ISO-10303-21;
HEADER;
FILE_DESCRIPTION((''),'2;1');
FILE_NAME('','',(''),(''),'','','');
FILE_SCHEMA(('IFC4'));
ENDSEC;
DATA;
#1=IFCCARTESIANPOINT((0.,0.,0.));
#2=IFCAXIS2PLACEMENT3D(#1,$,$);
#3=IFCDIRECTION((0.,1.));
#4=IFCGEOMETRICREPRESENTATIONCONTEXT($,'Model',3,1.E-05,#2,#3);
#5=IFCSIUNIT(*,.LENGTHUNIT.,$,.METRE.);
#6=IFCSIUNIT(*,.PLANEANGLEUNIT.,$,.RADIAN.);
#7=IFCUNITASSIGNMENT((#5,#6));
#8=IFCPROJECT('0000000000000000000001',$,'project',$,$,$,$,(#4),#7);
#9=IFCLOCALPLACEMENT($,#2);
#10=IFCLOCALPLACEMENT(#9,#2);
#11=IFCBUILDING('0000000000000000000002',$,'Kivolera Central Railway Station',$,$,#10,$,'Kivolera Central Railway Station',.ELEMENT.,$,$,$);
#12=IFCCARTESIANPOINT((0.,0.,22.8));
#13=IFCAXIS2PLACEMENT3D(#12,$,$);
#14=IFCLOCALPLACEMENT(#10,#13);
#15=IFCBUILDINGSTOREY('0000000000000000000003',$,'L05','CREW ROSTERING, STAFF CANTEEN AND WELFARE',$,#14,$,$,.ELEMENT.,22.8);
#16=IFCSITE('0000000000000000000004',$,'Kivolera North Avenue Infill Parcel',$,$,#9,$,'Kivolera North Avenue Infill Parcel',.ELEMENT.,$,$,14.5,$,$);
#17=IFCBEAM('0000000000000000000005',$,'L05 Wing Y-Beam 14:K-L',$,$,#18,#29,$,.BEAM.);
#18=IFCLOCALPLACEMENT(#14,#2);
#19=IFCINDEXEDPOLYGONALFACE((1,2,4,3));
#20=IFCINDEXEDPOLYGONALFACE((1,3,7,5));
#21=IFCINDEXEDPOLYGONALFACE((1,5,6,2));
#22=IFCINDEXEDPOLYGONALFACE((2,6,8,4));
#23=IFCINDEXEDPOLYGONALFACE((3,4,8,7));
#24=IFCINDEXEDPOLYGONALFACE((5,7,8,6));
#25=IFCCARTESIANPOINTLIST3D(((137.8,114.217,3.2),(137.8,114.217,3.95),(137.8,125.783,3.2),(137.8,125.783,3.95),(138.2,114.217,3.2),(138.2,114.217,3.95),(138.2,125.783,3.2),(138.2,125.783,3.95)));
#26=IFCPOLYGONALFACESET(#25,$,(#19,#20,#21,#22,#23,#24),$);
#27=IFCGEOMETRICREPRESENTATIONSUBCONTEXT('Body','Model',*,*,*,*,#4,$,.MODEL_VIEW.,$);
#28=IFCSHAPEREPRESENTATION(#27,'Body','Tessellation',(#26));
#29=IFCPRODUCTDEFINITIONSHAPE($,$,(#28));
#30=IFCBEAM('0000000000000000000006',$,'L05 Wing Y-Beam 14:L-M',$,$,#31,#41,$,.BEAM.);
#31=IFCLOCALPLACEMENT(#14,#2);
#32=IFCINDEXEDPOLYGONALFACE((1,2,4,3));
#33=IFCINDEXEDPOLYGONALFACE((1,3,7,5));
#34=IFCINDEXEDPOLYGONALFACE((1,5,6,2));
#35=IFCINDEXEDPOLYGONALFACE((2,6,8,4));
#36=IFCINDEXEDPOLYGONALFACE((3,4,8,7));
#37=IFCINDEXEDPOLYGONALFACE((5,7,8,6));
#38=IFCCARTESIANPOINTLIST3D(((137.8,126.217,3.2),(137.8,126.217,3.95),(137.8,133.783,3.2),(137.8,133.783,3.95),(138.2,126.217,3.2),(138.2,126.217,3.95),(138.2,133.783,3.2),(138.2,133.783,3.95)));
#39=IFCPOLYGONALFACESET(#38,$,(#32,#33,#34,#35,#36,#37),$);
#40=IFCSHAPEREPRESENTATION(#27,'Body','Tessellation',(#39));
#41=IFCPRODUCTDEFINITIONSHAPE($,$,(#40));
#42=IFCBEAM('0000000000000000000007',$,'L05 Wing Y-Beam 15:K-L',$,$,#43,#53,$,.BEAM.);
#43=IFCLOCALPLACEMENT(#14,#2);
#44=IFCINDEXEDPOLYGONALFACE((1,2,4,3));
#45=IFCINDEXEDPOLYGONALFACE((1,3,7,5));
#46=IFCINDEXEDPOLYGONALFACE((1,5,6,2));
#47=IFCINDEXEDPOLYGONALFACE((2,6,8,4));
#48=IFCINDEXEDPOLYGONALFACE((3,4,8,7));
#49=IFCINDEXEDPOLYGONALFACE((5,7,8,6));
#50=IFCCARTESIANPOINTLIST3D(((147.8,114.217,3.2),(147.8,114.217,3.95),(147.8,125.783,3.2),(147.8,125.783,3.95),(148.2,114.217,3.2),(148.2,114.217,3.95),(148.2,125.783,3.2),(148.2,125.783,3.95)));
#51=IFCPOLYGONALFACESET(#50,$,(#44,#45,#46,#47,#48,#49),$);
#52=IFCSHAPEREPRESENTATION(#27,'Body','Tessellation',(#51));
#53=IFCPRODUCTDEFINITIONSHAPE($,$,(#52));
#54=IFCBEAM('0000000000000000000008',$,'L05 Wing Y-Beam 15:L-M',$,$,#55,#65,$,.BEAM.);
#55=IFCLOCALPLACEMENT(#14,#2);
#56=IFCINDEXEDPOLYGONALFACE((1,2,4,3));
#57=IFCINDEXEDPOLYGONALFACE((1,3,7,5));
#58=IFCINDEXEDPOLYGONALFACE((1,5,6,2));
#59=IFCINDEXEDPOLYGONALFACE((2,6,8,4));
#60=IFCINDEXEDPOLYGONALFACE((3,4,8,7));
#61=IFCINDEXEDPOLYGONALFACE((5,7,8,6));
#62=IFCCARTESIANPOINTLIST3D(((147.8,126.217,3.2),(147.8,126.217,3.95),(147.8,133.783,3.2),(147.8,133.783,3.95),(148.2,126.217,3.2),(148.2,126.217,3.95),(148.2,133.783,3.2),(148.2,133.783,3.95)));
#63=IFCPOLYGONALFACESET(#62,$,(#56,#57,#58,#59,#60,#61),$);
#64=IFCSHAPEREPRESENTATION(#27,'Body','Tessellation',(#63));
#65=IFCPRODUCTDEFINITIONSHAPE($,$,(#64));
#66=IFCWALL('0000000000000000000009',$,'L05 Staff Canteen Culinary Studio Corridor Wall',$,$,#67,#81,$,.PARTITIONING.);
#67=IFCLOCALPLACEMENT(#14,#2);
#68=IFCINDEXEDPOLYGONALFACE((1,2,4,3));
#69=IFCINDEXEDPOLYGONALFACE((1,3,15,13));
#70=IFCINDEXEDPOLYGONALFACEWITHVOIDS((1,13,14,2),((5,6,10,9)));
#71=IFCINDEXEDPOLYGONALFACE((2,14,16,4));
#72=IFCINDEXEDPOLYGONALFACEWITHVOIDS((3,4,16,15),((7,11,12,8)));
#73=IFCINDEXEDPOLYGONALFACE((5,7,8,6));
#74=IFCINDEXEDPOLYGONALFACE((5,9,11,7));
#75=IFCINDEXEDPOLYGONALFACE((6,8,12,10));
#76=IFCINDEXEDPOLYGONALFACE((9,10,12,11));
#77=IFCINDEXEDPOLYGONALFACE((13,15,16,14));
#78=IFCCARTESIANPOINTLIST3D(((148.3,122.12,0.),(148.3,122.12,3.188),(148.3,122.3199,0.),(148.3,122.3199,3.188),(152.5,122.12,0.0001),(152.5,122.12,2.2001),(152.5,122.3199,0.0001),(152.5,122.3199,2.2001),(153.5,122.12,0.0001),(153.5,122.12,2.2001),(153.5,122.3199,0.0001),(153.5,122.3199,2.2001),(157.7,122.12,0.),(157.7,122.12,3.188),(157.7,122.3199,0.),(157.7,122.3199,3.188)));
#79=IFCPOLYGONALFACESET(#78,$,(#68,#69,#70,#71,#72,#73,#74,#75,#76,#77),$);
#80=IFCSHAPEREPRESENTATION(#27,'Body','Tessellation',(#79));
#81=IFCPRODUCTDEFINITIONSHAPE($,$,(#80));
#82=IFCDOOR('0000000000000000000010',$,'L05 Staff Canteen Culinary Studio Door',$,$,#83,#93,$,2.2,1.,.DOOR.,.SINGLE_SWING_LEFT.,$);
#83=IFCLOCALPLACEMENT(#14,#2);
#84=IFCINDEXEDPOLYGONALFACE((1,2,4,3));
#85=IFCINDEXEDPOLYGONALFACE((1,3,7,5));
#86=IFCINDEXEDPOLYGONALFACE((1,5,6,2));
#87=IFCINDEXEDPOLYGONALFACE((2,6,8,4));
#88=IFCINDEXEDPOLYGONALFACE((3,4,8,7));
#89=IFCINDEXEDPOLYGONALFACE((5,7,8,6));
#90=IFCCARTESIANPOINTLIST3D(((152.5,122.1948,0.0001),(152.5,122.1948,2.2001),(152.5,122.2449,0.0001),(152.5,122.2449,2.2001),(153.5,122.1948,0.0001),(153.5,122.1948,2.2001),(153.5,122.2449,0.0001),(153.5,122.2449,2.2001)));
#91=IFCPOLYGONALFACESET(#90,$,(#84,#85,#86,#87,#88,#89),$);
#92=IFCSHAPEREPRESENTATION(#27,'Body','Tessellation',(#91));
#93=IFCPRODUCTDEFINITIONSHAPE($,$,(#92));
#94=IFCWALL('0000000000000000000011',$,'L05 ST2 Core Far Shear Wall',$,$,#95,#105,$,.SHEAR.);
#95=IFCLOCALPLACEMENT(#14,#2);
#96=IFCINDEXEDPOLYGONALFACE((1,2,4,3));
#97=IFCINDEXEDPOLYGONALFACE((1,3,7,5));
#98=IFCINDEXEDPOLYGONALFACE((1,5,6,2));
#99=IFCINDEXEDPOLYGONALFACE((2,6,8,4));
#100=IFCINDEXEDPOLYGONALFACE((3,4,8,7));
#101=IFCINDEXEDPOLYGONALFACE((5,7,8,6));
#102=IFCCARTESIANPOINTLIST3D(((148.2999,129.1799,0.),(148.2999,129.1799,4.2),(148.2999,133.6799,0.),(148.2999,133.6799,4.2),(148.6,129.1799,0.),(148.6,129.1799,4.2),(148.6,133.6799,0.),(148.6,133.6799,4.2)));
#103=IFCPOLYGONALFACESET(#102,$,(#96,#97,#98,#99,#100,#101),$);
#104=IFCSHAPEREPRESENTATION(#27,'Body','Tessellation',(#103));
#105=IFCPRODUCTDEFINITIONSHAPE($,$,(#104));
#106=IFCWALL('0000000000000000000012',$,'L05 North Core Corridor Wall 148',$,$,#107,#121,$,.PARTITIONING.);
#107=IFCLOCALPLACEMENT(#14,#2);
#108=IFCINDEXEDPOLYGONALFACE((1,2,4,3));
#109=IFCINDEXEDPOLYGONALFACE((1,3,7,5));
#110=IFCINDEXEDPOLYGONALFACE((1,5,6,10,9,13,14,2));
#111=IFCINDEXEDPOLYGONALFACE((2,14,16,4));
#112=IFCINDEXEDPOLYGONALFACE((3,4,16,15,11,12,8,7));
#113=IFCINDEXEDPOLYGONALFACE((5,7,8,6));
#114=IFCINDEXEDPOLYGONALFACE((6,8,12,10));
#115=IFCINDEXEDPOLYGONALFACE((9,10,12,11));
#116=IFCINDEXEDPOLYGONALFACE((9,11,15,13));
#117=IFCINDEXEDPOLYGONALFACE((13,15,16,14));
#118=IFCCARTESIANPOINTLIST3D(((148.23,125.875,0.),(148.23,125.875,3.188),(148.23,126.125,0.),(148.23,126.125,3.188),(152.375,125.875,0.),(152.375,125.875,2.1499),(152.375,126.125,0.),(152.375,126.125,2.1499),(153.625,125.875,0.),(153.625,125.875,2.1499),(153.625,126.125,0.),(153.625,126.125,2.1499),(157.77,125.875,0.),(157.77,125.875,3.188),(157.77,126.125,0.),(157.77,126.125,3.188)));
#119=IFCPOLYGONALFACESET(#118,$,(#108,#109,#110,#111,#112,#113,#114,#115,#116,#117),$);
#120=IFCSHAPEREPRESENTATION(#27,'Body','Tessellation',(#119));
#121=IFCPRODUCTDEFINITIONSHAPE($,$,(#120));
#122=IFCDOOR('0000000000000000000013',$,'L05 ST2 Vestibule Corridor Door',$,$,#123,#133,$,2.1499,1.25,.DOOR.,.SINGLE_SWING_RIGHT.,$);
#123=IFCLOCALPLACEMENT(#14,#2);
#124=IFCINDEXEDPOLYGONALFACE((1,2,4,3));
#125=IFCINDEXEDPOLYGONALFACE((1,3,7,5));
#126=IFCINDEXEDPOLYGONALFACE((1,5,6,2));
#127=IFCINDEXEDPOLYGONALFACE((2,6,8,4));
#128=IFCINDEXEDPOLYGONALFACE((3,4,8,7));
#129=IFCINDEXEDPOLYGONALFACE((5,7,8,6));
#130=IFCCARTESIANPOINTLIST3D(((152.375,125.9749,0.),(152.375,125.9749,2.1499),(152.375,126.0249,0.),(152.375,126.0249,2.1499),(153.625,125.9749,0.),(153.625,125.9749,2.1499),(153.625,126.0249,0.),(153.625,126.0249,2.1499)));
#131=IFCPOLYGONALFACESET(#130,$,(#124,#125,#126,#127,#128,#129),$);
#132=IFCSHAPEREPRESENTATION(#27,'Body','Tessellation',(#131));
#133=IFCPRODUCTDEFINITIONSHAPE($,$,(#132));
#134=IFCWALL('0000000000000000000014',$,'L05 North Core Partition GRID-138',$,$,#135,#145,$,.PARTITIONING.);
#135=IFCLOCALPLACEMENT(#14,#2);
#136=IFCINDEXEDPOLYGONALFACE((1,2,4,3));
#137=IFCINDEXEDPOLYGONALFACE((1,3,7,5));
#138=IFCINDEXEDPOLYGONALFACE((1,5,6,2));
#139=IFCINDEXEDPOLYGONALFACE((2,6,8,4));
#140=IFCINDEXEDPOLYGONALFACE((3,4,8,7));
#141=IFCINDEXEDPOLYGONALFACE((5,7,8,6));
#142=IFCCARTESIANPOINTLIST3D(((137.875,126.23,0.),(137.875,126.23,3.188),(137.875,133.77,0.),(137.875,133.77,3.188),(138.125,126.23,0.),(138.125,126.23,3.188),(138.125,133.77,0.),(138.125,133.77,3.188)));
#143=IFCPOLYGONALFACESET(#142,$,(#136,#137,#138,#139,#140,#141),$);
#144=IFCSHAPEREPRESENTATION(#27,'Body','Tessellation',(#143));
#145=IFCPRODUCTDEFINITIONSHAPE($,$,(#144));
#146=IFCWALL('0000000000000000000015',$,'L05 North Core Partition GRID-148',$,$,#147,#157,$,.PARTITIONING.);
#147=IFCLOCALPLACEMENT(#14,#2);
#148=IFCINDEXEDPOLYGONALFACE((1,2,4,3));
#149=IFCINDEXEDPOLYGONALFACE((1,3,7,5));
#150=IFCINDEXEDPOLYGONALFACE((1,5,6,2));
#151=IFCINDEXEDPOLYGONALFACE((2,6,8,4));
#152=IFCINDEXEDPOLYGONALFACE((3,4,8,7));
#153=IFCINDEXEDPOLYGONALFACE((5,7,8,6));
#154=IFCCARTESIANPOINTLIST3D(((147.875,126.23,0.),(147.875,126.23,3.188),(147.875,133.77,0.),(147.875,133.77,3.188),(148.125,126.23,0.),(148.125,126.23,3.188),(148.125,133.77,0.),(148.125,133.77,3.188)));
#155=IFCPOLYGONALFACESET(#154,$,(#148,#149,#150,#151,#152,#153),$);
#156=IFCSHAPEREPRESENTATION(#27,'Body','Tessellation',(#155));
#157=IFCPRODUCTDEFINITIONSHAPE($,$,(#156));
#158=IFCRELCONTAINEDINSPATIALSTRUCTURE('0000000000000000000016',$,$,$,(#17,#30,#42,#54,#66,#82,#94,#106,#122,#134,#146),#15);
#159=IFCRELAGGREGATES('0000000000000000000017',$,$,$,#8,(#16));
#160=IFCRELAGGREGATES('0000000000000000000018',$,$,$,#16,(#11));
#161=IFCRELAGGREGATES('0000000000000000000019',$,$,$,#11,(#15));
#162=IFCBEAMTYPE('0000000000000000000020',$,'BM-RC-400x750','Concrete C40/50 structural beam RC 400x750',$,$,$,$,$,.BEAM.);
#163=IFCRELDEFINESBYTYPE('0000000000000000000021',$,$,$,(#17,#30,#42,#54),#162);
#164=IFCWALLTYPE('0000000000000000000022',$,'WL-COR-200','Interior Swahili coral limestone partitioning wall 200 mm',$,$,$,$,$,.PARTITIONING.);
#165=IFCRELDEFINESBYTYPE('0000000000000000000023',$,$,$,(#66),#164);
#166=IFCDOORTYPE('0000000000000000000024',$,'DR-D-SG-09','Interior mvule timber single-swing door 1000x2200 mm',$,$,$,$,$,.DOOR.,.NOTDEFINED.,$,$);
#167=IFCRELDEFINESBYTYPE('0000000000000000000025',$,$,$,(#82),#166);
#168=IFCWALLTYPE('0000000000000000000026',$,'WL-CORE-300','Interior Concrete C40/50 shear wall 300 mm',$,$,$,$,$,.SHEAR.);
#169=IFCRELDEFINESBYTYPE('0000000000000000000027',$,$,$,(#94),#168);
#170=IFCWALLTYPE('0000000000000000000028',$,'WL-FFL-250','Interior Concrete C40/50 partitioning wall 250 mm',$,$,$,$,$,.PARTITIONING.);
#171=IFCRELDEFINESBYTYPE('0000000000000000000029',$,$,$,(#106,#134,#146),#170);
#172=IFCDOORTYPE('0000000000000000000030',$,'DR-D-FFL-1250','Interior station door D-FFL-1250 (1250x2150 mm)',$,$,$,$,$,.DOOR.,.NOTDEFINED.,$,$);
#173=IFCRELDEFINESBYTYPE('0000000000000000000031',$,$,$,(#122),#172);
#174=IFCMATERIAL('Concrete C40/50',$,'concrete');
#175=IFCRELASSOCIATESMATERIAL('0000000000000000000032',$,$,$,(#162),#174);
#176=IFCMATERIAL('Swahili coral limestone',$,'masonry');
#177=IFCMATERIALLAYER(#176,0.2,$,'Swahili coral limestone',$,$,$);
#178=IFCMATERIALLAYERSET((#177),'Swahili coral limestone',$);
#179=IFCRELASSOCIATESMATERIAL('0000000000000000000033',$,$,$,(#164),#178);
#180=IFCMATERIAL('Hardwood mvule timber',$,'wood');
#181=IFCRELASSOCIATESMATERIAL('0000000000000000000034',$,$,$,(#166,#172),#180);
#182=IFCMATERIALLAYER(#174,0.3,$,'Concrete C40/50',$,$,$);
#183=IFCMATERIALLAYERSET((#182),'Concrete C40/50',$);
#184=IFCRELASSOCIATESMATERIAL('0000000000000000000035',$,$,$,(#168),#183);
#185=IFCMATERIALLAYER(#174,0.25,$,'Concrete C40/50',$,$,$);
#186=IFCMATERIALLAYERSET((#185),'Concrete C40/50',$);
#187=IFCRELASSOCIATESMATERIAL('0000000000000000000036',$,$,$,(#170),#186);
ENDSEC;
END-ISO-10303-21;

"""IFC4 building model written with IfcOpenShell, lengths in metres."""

from ifc_helpers import new_model, si_unit, direction, frame, frame_2d, origin, origin_2d, place, context, subcontext, project, spatial, rectangle, extrude, material, layer, layer_set, material_profile, profile_set, type_object, element, fill, save


model = new_model("IFC4")

# Units and contexts
model_context = context("Model", 3, precision=1e-05, world=origin(), true_north=direction((0.0, 1.0)))
body_context = subcontext(model_context, "Body", "Model", "MODEL_VIEW")
ifc_project = project(units=[si_unit("LENGTHUNIT", "METRE"), si_unit("PLANEANGLEUNIT", "RADIAN")], contexts=[model_context])

# Site, building, storey
site_placement = place(None, origin())
site = spatial("IfcSite", under=ifc_project, at=site_placement, Name="Kivolera North Avenue Infill Parcel", LongName="Kivolera North Avenue Infill Parcel", CompositionType="ELEMENT", RefElevation=14.5)
building_placement = place(site_placement, origin())
building = spatial("IfcBuilding", under=site, at=building_placement, Name="Kivolera Central Railway Station", LongName="Kivolera Central Railway Station", CompositionType="ELEMENT")
storey_placement = place(building_placement, frame((0.0, 0.0, 22.8)))
storey = spatial("IfcBuildingStorey", under=building, at=storey_placement, Name="L05", Description="CREW ROSTERING, STAFF CANTEEN AND WELFARE", CompositionType="ELEMENT", Elevation=22.8)

# Shared definitions
ifc_material_1 = material(Name="Concrete C40/50", Category="concrete")

# Beams
ifc_material_profile_1 = material_profile(ifc_material_1, rectangle(XDim=0.3999, YDim=0.75, at=origin_2d()), Name="RC 400x750")
ifc_profile_set_1 = profile_set([ifc_material_profile_1], Name="Concrete C40/50")
beam_type_1 = type_object("IfcBeamType", Name="BM-RC-400x750", Description="Concrete C40/50 structural beam RC 400x750", PredefinedType="BEAM", material=ifc_profile_set_1)
beam_1_placement = place(storey_placement, frame((138.0, 114.217, 3.575), z_axis=(0.0, 1.0, 0.0), x_axis=(-1.0, 0.0, 0.0)))
element("IfcBeam", 1, at=beam_1_placement, inside=storey, type_object=beam_type_1, Name="L05 Wing Y-Beam 14:K-L", PredefinedType="BEAM", context=body_context, shape_type="SweptSolid", body=[
    extrude(rectangle(XDim=0.3999, YDim=0.75, at=origin_2d()), origin(), (0.0, 0.0, 1.0), 11.5659),
])
beam_2_placement = place(storey_placement, frame((138.0, 126.217, 3.575), z_axis=(0.0, 1.0, 0.0), x_axis=(-1.0, 0.0, 0.0)))
element("IfcBeam", 2, at=beam_2_placement, inside=storey, type_object=beam_type_1, Name="L05 Wing Y-Beam 14:L-M", PredefinedType="BEAM", context=body_context, shape_type="SweptSolid", body=[
    extrude(rectangle(XDim=0.3999, YDim=0.75, at=origin_2d()), origin(), (0.0, 0.0, 1.0), 7.5659),
])
beam_3_placement = place(storey_placement, frame((148.0, 114.217, 3.575), z_axis=(0.0, 1.0, 0.0), x_axis=(-1.0, 0.0, 0.0)))
element("IfcBeam", 3, at=beam_3_placement, inside=storey, type_object=beam_type_1, Name="L05 Wing Y-Beam 15:K-L", PredefinedType="BEAM", context=body_context, shape_type="SweptSolid", body=[
    extrude(rectangle(XDim=0.3999, YDim=0.75, at=origin_2d()), origin(), (0.0, 0.0, 1.0), 11.5659),
])
beam_4_placement = place(storey_placement, frame((148.0, 126.217, 3.575), z_axis=(0.0, 1.0, 0.0), x_axis=(-1.0, 0.0, 0.0)))
element("IfcBeam", 4, at=beam_4_placement, inside=storey, type_object=beam_type_1, Name="L05 Wing Y-Beam 15:L-M", PredefinedType="BEAM", context=body_context, shape_type="SweptSolid", body=[
    extrude(rectangle(XDim=0.3999, YDim=0.75, at=origin_2d()), origin(), (0.0, 0.0, 1.0), 7.5659),
])

# Wall, opening, door
ifc_material_2 = material(Name="Swahili coral limestone", Category="masonry")
ifc_layer_1 = layer(ifc_material_2, 0.2, Name="Swahili coral limestone")
ifc_layer_set_1 = layer_set([ifc_layer_1], Name="Swahili coral limestone")
wall_type_1 = type_object("IfcWallType", Name="WL-COR-200", Description="Interior Swahili coral limestone partitioning wall 200 mm", PredefinedType="PARTITIONING", material=ifc_layer_set_1)
wall_1_placement = place(storey_placement, frame((148.3, 122.22, 0.0), z_axis=(0.0, 0.0, 1.0), x_axis=(1.0, 0.0, 0.0)))
wall_1 = element("IfcWall", 5, at=wall_1_placement, inside=storey, type_object=wall_type_1, Name="L05 Staff Canteen Culinary Studio Corridor Wall", PredefinedType="PARTITIONING", context=body_context, shape_type="SweptSolid", body=[
    extrude(rectangle(XDim=9.3999, YDim=0.2, at=frame_2d((4.7, 0.0))), origin(), (0.0, 0.0, 1.0), 3.188),
])
opening_1_placement = place(wall_1_placement, frame((4.2, 0.0, 0.0)))
opening_1 = element("IfcOpeningElement", 6, at=opening_1_placement, cuts=wall_1, PredefinedType="OPENING", context=body_context, shape_type="SweptSolid", body=[
    extrude(rectangle(XDim=1.0, YDim=2.2, at=frame_2d((0.5, 1.1001))), frame((0.0, 0.1099, 0.0), z_axis=(0.0, -1.0, 0.0), x_axis=(1.0, 0.0, 0.0)), (0.0, 0.0, 1.0), 0.22),
])
ifc_material_3 = material(Name="Hardwood mvule timber", Category="wood")
door_type_1 = type_object("IfcDoorType", Name="DR-D-SG-09", Description="Interior mvule timber single-swing door 1000x2200 mm", OperationType="NOTDEFINED", PredefinedType="DOOR", material=ifc_material_3)
door_1_placement = place(opening_1_placement, origin())
door_1 = element("IfcDoor", 7, at=door_1_placement, inside=storey, type_object=door_type_1, Name="L05 Staff Canteen Culinary Studio Door", OperationType="SINGLE_SWING_LEFT", OverallHeight=2.2, OverallWidth=1.0, PredefinedType="DOOR", context=body_context, shape_type="SweptSolid", body=[
    extrude(rectangle(XDim=1.0, YDim=2.2, at=frame_2d((0.5, 1.1001))), frame((0.0, 0.0249, 0.0), z_axis=(0.0, -1.0, 0.0), x_axis=(1.0, 0.0, 0.0)), (0.0, 0.0, 1.0), 0.05),
])
fill(opening_1, door_1)

# Wall
ifc_layer_2 = layer(ifc_material_1, 0.3, Name="Concrete C40/50")
ifc_layer_set_2 = layer_set([ifc_layer_2], Name="Concrete C40/50")
wall_type_2 = type_object("IfcWallType", Name="WL-CORE-300", Description="Interior Concrete C40/50 shear wall 300 mm", PredefinedType="SHEAR", material=ifc_layer_set_2)
wall_2_placement = place(storey_placement, frame((148.45, 129.1799, 0.0), z_axis=(0.0, 0.0, 1.0), x_axis=(0.0, 1.0, 0.0)))
element("IfcWall", 8, at=wall_2_placement, inside=storey, type_object=wall_type_2, Name="L05 ST2 Core Far Shear Wall", PredefinedType="SHEAR", context=body_context, shape_type="SweptSolid", body=[
    extrude(rectangle(XDim=4.5, YDim=0.3, at=frame_2d((2.25, 0.0))), origin(), (0.0, 0.0, 1.0), 4.2),
])

# Wall, opening, door
ifc_layer_3 = layer(ifc_material_1, 0.25, Name="Concrete C40/50")
ifc_layer_set_3 = layer_set([ifc_layer_3], Name="Concrete C40/50")
wall_type_3 = type_object("IfcWallType", Name="WL-FFL-250", Description="Interior Concrete C40/50 partitioning wall 250 mm", PredefinedType="PARTITIONING", material=ifc_layer_set_3)
wall_3_placement = place(storey_placement, frame((148.23, 126.0, 0.0), z_axis=(0.0, 0.0, 1.0), x_axis=(1.0, 0.0, 0.0)))
wall_3 = element("IfcWall", 9, at=wall_3_placement, inside=storey, type_object=wall_type_3, Name="L05 North Core Corridor Wall 148", PredefinedType="PARTITIONING", context=body_context, shape_type="SweptSolid", body=[
    extrude(rectangle(XDim=9.54, YDim=0.25, at=frame_2d((4.77, 0.0))), origin(), (0.0, 0.0, 1.0), 3.188),
])
opening_2_placement = place(wall_3_placement, frame((4.145, 0.0, 0.0)))
opening_2 = element("IfcOpeningElement", 10, at=opening_2_placement, cuts=wall_3, PredefinedType="OPENING", context=body_context, shape_type="SweptSolid", body=[
    extrude(rectangle(XDim=1.25, YDim=2.1499, at=frame_2d((0.625, 1.075))), frame((0.0, 0.135, 0.0), z_axis=(0.0, -1.0, 0.0), x_axis=(1.0, 0.0, 0.0)), (0.0, 0.0, 1.0), 0.27),
])
door_type_2 = type_object("IfcDoorType", Name="DR-D-FFL-1250", Description="Interior station door D-FFL-1250 (1250x2150 mm)", OperationType="NOTDEFINED", PredefinedType="DOOR", material=ifc_material_3)
door_2_placement = place(opening_2_placement, origin())
door_2 = element("IfcDoor", 11, at=door_2_placement, inside=storey, type_object=door_type_2, Name="L05 ST2 Vestibule Corridor Door", OperationType="SINGLE_SWING_RIGHT", OverallHeight=2.1499, OverallWidth=1.25, PredefinedType="DOOR", context=body_context, shape_type="SweptSolid", body=[
    extrude(rectangle(XDim=1.25, YDim=2.1499, at=frame_2d((0.625, 1.075))), frame((0.0, 0.0249, 0.0), z_axis=(0.0, -1.0, 0.0), x_axis=(1.0, 0.0, 0.0)), (0.0, 0.0, 1.0), 0.05),
])
fill(opening_2, door_2)

# Walls
for number, where, z_axis, x_axis, name in (
    (12, (138.0, 126.23, 0.0), (0.0, 0.0, 1.0), (0.0, 1.0, 0.0), "L05 North Core Partition GRID-138"),
    (13, (148.0, 126.23, 0.0), (0.0, 0.0, 1.0), (0.0, 1.0, 0.0), "L05 North Core Partition GRID-148"),
):
    element("IfcWall", number, at=place(storey_placement, frame(where, z_axis=z_axis, x_axis=x_axis)), inside=storey, type_object=wall_type_3, Name=name, PredefinedType="PARTITIONING", context=body_context, shape_type="SweptSolid", body=[
        extrude(rectangle(XDim=7.54, YDim=0.25, at=frame_2d((3.77, 0.0))), origin(), (0.0, 0.0, 1.0), 3.188),
    ])

save(model, "model.ifc")
